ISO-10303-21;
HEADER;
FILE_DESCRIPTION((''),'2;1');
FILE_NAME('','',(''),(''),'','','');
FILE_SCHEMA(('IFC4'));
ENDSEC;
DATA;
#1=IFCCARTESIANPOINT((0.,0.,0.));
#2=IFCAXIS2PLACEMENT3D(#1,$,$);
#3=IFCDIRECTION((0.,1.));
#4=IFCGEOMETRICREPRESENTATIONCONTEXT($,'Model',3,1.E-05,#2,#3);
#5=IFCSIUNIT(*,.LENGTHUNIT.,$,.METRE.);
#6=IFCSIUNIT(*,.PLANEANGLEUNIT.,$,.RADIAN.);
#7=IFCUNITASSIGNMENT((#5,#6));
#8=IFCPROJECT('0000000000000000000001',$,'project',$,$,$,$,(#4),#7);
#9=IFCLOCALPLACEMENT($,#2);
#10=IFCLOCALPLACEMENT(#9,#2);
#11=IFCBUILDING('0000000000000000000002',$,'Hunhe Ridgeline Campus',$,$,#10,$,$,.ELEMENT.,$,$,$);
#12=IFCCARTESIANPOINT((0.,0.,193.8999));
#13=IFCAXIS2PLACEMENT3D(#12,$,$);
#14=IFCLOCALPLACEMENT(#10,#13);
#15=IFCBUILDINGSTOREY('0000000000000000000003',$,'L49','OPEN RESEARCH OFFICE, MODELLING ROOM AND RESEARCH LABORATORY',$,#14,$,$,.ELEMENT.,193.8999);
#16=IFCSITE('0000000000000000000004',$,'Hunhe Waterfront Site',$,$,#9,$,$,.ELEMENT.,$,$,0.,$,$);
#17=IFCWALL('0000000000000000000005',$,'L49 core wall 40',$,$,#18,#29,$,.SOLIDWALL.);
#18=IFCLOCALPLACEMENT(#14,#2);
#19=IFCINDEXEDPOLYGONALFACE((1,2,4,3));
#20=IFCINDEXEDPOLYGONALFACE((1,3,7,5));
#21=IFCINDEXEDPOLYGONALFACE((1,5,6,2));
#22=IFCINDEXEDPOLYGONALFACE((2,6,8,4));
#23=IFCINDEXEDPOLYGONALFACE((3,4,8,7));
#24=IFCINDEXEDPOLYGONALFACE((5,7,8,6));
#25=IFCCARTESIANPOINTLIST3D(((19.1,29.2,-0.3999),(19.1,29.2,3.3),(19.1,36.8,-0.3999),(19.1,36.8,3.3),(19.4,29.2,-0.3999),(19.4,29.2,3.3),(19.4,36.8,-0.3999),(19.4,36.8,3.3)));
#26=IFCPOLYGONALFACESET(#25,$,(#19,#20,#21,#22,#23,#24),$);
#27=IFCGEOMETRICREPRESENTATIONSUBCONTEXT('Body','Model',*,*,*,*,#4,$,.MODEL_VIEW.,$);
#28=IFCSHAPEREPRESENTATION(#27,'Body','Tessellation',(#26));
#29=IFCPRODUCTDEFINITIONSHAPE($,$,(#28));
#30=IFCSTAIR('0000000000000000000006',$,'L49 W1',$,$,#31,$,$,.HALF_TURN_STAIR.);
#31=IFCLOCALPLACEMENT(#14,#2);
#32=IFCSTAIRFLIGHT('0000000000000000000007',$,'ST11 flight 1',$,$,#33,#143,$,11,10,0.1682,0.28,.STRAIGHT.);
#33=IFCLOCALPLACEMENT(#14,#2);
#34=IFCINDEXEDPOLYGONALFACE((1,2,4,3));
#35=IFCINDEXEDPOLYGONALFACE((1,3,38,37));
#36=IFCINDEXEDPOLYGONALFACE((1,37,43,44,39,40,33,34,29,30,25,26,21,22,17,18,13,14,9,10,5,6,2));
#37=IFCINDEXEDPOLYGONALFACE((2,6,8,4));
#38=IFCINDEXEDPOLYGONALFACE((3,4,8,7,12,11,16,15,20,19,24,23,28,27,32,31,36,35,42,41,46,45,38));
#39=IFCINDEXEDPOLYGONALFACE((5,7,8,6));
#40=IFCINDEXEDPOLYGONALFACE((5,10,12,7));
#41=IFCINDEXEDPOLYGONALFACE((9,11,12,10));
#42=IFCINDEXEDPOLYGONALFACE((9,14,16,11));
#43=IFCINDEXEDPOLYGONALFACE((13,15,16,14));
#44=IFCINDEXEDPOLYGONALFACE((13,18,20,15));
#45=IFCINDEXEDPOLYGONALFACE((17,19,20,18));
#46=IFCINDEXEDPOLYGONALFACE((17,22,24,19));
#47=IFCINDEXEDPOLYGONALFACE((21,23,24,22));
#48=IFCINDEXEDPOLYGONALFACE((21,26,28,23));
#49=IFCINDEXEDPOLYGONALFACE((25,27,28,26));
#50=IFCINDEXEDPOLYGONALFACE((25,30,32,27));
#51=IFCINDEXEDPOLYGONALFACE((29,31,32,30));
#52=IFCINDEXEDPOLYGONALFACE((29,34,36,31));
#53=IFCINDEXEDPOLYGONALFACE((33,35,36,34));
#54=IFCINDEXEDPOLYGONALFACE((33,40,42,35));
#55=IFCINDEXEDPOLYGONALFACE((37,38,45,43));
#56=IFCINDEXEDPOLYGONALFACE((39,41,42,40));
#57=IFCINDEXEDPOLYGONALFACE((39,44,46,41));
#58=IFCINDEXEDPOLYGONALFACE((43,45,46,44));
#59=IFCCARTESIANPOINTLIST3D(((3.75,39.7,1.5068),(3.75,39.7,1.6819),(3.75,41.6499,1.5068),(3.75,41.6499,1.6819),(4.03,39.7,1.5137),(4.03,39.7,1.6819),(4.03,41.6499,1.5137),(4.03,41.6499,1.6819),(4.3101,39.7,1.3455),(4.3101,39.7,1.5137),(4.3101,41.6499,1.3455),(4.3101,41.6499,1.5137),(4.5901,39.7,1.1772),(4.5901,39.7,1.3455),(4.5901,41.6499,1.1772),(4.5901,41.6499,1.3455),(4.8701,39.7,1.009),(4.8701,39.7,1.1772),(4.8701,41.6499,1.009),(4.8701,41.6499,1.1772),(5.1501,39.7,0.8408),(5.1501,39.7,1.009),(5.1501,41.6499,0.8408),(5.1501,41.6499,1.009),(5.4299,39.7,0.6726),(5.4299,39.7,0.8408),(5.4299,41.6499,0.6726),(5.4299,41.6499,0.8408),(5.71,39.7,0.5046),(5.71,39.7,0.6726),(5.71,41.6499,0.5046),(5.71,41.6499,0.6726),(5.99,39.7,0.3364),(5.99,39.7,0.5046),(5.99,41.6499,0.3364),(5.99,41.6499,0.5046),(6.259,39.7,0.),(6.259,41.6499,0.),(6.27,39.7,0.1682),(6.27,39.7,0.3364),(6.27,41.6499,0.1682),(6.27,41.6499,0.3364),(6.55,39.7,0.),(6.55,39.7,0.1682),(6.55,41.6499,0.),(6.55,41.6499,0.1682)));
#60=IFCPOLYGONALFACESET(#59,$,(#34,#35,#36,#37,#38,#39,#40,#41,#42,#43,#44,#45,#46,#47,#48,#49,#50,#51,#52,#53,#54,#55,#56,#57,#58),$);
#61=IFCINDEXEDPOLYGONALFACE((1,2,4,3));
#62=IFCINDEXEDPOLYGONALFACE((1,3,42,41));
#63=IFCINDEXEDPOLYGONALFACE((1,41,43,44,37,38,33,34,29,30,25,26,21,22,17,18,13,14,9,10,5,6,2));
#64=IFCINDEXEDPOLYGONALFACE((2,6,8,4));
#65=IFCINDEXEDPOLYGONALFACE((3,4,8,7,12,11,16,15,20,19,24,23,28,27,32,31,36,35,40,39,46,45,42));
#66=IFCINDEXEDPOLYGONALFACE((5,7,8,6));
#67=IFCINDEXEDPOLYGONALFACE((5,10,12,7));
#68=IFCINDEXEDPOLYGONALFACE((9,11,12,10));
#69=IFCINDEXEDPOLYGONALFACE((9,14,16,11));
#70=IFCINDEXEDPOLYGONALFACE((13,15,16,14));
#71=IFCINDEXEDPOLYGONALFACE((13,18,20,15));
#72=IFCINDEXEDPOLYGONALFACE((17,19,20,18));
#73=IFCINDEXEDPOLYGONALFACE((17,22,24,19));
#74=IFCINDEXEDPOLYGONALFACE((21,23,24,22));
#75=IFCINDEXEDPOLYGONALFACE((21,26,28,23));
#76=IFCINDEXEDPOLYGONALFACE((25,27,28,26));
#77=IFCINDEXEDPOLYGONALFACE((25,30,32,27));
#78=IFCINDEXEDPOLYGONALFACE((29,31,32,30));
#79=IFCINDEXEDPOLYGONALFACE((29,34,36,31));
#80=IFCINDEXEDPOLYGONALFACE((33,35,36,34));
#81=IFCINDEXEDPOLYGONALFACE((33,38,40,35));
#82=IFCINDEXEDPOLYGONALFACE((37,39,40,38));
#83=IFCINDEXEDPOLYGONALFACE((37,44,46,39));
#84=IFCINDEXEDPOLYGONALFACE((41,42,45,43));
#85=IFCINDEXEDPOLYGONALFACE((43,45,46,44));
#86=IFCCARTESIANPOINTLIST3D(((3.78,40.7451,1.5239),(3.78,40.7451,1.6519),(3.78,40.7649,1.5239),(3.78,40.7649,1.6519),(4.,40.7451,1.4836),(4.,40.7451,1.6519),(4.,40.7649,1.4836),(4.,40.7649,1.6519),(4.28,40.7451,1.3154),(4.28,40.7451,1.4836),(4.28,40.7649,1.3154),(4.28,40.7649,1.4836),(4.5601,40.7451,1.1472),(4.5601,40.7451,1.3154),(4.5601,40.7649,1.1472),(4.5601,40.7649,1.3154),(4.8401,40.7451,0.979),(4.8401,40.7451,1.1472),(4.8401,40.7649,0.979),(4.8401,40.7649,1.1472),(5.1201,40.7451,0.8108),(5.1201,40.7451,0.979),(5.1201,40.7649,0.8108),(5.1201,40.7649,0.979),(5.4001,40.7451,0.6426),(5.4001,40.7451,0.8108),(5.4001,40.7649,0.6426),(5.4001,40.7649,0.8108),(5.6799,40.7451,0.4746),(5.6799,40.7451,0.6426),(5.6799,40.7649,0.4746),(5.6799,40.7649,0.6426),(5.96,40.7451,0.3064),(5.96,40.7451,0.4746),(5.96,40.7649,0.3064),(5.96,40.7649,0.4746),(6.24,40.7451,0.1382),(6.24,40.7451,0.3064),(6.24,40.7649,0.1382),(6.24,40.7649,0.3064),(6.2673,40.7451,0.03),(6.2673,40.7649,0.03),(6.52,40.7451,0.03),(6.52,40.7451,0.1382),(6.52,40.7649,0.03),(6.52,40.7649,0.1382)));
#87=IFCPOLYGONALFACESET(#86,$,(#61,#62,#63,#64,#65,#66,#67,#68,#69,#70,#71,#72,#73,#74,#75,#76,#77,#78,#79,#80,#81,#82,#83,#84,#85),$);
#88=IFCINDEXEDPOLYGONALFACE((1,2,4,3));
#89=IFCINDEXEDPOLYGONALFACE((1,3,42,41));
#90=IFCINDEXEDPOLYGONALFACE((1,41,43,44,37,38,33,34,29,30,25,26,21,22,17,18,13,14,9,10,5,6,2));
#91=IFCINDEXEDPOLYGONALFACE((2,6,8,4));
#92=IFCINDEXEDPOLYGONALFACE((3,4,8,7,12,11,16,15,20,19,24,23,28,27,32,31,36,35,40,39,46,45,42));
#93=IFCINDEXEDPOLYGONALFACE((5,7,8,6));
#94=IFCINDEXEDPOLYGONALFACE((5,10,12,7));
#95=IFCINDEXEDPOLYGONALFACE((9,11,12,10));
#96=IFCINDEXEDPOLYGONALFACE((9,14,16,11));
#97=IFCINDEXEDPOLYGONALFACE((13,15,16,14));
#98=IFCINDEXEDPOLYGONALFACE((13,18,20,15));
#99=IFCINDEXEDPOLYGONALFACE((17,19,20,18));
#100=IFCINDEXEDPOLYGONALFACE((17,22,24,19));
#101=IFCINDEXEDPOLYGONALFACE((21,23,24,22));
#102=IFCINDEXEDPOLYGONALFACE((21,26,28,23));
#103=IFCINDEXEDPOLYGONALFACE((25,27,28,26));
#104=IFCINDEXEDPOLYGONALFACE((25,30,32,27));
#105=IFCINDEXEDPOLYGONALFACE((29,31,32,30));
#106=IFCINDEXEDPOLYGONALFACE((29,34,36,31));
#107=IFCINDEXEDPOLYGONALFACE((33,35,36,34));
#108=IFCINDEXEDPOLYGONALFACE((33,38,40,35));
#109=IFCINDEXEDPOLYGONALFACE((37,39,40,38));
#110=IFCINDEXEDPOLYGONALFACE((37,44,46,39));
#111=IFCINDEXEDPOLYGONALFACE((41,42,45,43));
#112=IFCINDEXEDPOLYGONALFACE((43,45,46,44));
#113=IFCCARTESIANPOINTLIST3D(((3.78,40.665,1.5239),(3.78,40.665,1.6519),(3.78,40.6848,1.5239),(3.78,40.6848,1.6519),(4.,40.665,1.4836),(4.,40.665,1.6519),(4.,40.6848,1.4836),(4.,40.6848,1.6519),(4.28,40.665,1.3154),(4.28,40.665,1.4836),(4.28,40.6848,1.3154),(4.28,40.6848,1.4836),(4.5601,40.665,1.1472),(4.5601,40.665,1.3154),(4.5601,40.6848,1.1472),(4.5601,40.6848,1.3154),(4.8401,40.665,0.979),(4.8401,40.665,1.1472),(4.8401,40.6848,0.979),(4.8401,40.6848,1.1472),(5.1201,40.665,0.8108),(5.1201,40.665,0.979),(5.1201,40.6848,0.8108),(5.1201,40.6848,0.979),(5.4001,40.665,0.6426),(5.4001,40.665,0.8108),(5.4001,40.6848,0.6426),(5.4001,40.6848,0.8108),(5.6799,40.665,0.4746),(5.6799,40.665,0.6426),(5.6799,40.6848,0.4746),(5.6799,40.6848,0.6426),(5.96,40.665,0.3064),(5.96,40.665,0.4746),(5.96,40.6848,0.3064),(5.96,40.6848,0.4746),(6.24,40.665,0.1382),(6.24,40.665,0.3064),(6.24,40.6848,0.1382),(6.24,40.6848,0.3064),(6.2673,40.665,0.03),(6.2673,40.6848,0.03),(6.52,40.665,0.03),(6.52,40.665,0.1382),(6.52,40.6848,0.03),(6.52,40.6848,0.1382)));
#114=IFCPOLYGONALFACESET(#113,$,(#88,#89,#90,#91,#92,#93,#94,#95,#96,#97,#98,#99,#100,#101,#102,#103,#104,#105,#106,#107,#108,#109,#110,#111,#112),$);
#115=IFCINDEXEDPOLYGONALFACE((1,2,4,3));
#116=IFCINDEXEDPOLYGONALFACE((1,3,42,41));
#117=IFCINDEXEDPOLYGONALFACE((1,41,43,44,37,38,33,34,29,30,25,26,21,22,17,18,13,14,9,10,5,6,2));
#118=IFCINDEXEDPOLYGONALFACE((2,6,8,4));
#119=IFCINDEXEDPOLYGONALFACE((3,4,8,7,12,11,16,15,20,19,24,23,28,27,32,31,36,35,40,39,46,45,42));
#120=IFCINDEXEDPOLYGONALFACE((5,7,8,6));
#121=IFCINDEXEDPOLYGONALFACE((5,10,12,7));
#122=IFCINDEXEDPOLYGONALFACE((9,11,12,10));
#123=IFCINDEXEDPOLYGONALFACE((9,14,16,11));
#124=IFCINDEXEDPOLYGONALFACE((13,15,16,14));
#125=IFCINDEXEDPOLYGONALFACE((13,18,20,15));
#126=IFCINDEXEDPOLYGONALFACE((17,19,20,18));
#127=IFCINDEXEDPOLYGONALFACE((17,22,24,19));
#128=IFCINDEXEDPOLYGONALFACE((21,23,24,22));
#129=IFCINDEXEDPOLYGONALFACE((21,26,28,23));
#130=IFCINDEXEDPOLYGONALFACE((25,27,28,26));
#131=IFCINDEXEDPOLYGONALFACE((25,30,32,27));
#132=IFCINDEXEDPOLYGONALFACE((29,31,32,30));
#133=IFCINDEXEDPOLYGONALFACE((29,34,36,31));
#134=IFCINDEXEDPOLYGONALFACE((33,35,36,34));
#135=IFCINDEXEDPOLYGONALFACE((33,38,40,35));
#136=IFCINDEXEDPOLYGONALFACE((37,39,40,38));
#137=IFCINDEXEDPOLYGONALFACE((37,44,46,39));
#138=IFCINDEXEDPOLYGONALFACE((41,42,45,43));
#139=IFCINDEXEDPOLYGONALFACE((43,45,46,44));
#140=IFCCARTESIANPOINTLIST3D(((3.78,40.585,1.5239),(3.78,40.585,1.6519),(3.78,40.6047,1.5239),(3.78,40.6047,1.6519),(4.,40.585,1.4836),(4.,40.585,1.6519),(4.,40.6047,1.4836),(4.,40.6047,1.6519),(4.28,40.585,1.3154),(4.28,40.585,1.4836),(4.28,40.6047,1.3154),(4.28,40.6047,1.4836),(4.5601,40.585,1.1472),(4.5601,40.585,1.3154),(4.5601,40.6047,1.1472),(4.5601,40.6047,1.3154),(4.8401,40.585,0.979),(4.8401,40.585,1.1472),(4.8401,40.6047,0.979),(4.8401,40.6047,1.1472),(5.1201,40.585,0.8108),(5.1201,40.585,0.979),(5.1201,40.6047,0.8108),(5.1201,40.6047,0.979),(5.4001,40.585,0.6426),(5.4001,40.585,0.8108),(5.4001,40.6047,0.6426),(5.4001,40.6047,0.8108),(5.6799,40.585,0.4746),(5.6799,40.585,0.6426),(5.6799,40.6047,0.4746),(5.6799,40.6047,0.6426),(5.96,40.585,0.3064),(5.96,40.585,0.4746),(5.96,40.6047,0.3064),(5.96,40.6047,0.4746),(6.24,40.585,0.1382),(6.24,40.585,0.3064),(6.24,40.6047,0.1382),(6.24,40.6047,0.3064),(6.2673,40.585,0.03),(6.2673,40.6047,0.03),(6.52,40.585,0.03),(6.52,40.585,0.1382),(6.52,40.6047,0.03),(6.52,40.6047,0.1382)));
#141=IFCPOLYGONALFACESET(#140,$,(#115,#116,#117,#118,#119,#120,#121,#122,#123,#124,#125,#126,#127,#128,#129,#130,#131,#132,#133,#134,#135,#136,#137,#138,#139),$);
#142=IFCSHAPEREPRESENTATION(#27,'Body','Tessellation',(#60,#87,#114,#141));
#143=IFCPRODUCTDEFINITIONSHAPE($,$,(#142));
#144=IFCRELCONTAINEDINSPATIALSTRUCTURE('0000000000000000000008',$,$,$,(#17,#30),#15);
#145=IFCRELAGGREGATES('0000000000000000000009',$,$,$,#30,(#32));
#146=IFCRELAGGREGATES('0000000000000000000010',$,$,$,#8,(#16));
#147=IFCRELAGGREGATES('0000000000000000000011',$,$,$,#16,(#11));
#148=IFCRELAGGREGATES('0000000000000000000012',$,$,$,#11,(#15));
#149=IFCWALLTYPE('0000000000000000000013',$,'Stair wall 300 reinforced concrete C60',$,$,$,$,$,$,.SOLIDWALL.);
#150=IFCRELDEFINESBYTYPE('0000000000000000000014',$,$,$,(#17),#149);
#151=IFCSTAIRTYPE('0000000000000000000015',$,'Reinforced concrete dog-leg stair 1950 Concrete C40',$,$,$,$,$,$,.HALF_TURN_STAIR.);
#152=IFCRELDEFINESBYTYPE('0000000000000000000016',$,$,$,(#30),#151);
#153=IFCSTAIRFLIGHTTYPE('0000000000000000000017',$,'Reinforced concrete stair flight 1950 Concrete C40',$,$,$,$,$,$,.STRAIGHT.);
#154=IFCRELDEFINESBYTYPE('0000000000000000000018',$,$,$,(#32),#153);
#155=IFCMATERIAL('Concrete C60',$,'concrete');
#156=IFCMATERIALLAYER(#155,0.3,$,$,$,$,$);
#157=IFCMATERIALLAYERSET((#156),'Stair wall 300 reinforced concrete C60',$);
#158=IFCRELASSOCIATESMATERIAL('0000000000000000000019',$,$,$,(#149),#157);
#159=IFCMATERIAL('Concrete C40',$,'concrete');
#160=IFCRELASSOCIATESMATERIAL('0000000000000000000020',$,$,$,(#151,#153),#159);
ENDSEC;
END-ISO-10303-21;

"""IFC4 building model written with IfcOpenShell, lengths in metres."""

from ifc_helpers import new_model, si_unit, direction, frame, frame_2d, origin, place, context, subcontext, project, spatial, polyline, rectangle, outline, extrude, material, layer, layer_set, type_object, element, aggregate, save


model = new_model("IFC4")

# Units and contexts
model_context = context("Model", 3, precision=1e-05, world=origin(), true_north=direction((0.0, 1.0)))
body_context = subcontext(model_context, "Body", "Model", "MODEL_VIEW")
ifc_project = project(units=[si_unit("LENGTHUNIT", "METRE"), si_unit("PLANEANGLEUNIT", "RADIAN")], contexts=[model_context])

# Site, building, storey
site_placement = place(None, origin())
site = spatial("IfcSite", under=ifc_project, at=site_placement, Name="Hunhe Waterfront Site", CompositionType="ELEMENT", RefElevation=0.0)
building_placement = place(site_placement, origin())
building = spatial("IfcBuilding", under=site, at=building_placement, Name="Hunhe Ridgeline Campus", CompositionType="ELEMENT")
storey_placement = place(building_placement, frame((0.0, 0.0, 193.8999)))
storey = spatial("IfcBuildingStorey", under=building, at=storey_placement, Name="L49", Description="OPEN RESEARCH OFFICE, MODELLING ROOM AND RESEARCH LABORATORY", CompositionType="ELEMENT", Elevation=193.8999)

# Shared definitions
ifc_material_1 = material(Name="Concrete C60", Category="concrete")

# Wall
ifc_layer_1 = layer(ifc_material_1, 0.3)
ifc_layer_set_1 = layer_set([ifc_layer_1], Name="Stair wall 300 reinforced concrete C60")
wall_type_1 = type_object("IfcWallType", Name="Stair wall 300 reinforced concrete C60", PredefinedType="SOLIDWALL", material=ifc_layer_set_1)
wall_1_placement = place(storey_placement, frame((19.25, 29.2, -0.3999), z_axis=(0.0, 0.0, 1.0), x_axis=(0.0, 1.0, 0.0)))
element("IfcWall", 1, at=wall_1_placement, inside=storey, type_object=wall_type_1, Name="L49 core wall 40", PredefinedType="SOLIDWALL", context=body_context, shape_type="SweptSolid", body=[
    extrude(rectangle(XDim=7.6001, YDim=0.3, at=frame_2d((3.8, 0.0))), origin(), (0.0, 0.0, 1.0), 3.7),
])

# Stair, stair flight
ifc_material_2 = material(Name="Concrete C40", Category="concrete")
stair_type = type_object("IfcStairType", Name="Reinforced concrete dog-leg stair 1950 Concrete C40", PredefinedType="HALF_TURN_STAIR", material=ifc_material_2)
stair_placement = place(storey_placement, origin())
stair = element("IfcStair", 2, at=stair_placement, inside=storey, type_object=stair_type, Name="L49 W1", PredefinedType="HALF_TURN_STAIR")
stair_flight_type = type_object("IfcStairFlightType", Name="Reinforced concrete stair flight 1950 Concrete C40", PredefinedType="STRAIGHT", material=ifc_material_2)
stair_flight_placement = place(storey_placement, frame((6.55, 40.675, 0.0), z_axis=(0.0, 0.0, 1.0), x_axis=(-1.0, 0.0, 0.0)))
stair_flight = element("IfcStairFlight", 3, at=stair_flight_placement, type_object=stair_flight_type, Name="ST11 flight 1", NumberOfRisers=11, NumberOfTreads=10, PredefinedType="STRAIGHT", RiserHeight=0.1682, TreadLength=0.28, context=body_context, shape_type="SweptSolid", body=[
    extrude(outline(polyline([(0.0, 0.0), (0.0, 0.1682), (0.28, 0.1682), (0.28, 0.3364), (0.5601, 0.3364), (0.5601, 0.5046), (0.8401, 0.5046), (0.8401, 0.6726), (1.1201, 0.6726), (1.1201, 0.8408), (1.3999, 0.8408), (1.3999, 1.009), (1.6799, 1.009), (1.6799, 1.1772), (1.96, 1.1772), (1.96, 1.3455), (2.24, 1.3455), (2.24, 1.5137), (2.52, 1.5137), (2.52, 1.6819), (2.8, 1.6819), (2.8, 1.8501), (2.8, 1.5068), (0.291, 0.0), (0.0, 0.0)])), frame((0.0, 0.9751, 0.0), z_axis=(0.0, -1.0, 0.0), x_axis=(1.0, 0.0, 0.0)), (0.0, 0.0, 1.0), 1.95),
    extrude(outline(polyline([(0.03, 0.03), (0.03, 0.1382), (0.3101, 0.1382), (0.3101, 0.3064), (0.5901, 0.3064), (0.5901, 0.4746), (0.8701, 0.4746), (0.8701, 0.6426), (1.1499, 0.6426), (1.1499, 0.8108), (1.4299, 0.8108), (1.4299, 0.979), (1.71, 0.979), (1.71, 1.1472), (1.99, 1.1472), (1.99, 1.3154), (2.27, 1.3154), (2.27, 1.4836), (2.55, 1.4836), (2.55, 1.6519), (2.77, 1.6519), (2.77, 1.5239), (0.2827, 0.03), (0.03, 0.03)])), frame((0.0, -0.0701, 0.0), z_axis=(0.0, -1.0, 0.0), x_axis=(1.0, 0.0, 0.0)), (0.0, 0.0, 1.0), 0.0198),
    extrude(outline(polyline([(0.03, 0.03), (0.03, 0.1382), (0.3101, 0.1382), (0.3101, 0.3064), (0.5901, 0.3064), (0.5901, 0.4746), (0.8701, 0.4746), (0.8701, 0.6426), (1.1499, 0.6426), (1.1499, 0.8108), (1.4299, 0.8108), (1.4299, 0.979), (1.71, 0.979), (1.71, 1.1472), (1.99, 1.1472), (1.99, 1.3154), (2.27, 1.3154), (2.27, 1.4836), (2.55, 1.4836), (2.55, 1.6519), (2.77, 1.6519), (2.77, 1.5239), (0.2827, 0.03), (0.03, 0.03)])), frame((0.0, 0.01, 0.0), z_axis=(0.0, -1.0, 0.0), x_axis=(1.0, 0.0, 0.0)), (0.0, 0.0, 1.0), 0.0198),
    extrude(outline(polyline([(0.03, 0.03), (0.03, 0.1382), (0.3101, 0.1382), (0.3101, 0.3064), (0.5901, 0.3064), (0.5901, 0.4746), (0.8701, 0.4746), (0.8701, 0.6426), (1.1499, 0.6426), (1.1499, 0.8108), (1.4299, 0.8108), (1.4299, 0.979), (1.71, 0.979), (1.71, 1.1472), (1.99, 1.1472), (1.99, 1.3154), (2.27, 1.3154), (2.27, 1.4836), (2.55, 1.4836), (2.55, 1.6519), (2.77, 1.6519), (2.77, 1.5239), (0.2827, 0.03), (0.03, 0.03)])), frame((0.0, 0.0901, 0.0), z_axis=(0.0, -1.0, 0.0), x_axis=(1.0, 0.0, 0.0)), (0.0, 0.0, 1.0), 0.0198),
])
aggregate(stair, [stair_flight])

save(model, "model.ifc")
